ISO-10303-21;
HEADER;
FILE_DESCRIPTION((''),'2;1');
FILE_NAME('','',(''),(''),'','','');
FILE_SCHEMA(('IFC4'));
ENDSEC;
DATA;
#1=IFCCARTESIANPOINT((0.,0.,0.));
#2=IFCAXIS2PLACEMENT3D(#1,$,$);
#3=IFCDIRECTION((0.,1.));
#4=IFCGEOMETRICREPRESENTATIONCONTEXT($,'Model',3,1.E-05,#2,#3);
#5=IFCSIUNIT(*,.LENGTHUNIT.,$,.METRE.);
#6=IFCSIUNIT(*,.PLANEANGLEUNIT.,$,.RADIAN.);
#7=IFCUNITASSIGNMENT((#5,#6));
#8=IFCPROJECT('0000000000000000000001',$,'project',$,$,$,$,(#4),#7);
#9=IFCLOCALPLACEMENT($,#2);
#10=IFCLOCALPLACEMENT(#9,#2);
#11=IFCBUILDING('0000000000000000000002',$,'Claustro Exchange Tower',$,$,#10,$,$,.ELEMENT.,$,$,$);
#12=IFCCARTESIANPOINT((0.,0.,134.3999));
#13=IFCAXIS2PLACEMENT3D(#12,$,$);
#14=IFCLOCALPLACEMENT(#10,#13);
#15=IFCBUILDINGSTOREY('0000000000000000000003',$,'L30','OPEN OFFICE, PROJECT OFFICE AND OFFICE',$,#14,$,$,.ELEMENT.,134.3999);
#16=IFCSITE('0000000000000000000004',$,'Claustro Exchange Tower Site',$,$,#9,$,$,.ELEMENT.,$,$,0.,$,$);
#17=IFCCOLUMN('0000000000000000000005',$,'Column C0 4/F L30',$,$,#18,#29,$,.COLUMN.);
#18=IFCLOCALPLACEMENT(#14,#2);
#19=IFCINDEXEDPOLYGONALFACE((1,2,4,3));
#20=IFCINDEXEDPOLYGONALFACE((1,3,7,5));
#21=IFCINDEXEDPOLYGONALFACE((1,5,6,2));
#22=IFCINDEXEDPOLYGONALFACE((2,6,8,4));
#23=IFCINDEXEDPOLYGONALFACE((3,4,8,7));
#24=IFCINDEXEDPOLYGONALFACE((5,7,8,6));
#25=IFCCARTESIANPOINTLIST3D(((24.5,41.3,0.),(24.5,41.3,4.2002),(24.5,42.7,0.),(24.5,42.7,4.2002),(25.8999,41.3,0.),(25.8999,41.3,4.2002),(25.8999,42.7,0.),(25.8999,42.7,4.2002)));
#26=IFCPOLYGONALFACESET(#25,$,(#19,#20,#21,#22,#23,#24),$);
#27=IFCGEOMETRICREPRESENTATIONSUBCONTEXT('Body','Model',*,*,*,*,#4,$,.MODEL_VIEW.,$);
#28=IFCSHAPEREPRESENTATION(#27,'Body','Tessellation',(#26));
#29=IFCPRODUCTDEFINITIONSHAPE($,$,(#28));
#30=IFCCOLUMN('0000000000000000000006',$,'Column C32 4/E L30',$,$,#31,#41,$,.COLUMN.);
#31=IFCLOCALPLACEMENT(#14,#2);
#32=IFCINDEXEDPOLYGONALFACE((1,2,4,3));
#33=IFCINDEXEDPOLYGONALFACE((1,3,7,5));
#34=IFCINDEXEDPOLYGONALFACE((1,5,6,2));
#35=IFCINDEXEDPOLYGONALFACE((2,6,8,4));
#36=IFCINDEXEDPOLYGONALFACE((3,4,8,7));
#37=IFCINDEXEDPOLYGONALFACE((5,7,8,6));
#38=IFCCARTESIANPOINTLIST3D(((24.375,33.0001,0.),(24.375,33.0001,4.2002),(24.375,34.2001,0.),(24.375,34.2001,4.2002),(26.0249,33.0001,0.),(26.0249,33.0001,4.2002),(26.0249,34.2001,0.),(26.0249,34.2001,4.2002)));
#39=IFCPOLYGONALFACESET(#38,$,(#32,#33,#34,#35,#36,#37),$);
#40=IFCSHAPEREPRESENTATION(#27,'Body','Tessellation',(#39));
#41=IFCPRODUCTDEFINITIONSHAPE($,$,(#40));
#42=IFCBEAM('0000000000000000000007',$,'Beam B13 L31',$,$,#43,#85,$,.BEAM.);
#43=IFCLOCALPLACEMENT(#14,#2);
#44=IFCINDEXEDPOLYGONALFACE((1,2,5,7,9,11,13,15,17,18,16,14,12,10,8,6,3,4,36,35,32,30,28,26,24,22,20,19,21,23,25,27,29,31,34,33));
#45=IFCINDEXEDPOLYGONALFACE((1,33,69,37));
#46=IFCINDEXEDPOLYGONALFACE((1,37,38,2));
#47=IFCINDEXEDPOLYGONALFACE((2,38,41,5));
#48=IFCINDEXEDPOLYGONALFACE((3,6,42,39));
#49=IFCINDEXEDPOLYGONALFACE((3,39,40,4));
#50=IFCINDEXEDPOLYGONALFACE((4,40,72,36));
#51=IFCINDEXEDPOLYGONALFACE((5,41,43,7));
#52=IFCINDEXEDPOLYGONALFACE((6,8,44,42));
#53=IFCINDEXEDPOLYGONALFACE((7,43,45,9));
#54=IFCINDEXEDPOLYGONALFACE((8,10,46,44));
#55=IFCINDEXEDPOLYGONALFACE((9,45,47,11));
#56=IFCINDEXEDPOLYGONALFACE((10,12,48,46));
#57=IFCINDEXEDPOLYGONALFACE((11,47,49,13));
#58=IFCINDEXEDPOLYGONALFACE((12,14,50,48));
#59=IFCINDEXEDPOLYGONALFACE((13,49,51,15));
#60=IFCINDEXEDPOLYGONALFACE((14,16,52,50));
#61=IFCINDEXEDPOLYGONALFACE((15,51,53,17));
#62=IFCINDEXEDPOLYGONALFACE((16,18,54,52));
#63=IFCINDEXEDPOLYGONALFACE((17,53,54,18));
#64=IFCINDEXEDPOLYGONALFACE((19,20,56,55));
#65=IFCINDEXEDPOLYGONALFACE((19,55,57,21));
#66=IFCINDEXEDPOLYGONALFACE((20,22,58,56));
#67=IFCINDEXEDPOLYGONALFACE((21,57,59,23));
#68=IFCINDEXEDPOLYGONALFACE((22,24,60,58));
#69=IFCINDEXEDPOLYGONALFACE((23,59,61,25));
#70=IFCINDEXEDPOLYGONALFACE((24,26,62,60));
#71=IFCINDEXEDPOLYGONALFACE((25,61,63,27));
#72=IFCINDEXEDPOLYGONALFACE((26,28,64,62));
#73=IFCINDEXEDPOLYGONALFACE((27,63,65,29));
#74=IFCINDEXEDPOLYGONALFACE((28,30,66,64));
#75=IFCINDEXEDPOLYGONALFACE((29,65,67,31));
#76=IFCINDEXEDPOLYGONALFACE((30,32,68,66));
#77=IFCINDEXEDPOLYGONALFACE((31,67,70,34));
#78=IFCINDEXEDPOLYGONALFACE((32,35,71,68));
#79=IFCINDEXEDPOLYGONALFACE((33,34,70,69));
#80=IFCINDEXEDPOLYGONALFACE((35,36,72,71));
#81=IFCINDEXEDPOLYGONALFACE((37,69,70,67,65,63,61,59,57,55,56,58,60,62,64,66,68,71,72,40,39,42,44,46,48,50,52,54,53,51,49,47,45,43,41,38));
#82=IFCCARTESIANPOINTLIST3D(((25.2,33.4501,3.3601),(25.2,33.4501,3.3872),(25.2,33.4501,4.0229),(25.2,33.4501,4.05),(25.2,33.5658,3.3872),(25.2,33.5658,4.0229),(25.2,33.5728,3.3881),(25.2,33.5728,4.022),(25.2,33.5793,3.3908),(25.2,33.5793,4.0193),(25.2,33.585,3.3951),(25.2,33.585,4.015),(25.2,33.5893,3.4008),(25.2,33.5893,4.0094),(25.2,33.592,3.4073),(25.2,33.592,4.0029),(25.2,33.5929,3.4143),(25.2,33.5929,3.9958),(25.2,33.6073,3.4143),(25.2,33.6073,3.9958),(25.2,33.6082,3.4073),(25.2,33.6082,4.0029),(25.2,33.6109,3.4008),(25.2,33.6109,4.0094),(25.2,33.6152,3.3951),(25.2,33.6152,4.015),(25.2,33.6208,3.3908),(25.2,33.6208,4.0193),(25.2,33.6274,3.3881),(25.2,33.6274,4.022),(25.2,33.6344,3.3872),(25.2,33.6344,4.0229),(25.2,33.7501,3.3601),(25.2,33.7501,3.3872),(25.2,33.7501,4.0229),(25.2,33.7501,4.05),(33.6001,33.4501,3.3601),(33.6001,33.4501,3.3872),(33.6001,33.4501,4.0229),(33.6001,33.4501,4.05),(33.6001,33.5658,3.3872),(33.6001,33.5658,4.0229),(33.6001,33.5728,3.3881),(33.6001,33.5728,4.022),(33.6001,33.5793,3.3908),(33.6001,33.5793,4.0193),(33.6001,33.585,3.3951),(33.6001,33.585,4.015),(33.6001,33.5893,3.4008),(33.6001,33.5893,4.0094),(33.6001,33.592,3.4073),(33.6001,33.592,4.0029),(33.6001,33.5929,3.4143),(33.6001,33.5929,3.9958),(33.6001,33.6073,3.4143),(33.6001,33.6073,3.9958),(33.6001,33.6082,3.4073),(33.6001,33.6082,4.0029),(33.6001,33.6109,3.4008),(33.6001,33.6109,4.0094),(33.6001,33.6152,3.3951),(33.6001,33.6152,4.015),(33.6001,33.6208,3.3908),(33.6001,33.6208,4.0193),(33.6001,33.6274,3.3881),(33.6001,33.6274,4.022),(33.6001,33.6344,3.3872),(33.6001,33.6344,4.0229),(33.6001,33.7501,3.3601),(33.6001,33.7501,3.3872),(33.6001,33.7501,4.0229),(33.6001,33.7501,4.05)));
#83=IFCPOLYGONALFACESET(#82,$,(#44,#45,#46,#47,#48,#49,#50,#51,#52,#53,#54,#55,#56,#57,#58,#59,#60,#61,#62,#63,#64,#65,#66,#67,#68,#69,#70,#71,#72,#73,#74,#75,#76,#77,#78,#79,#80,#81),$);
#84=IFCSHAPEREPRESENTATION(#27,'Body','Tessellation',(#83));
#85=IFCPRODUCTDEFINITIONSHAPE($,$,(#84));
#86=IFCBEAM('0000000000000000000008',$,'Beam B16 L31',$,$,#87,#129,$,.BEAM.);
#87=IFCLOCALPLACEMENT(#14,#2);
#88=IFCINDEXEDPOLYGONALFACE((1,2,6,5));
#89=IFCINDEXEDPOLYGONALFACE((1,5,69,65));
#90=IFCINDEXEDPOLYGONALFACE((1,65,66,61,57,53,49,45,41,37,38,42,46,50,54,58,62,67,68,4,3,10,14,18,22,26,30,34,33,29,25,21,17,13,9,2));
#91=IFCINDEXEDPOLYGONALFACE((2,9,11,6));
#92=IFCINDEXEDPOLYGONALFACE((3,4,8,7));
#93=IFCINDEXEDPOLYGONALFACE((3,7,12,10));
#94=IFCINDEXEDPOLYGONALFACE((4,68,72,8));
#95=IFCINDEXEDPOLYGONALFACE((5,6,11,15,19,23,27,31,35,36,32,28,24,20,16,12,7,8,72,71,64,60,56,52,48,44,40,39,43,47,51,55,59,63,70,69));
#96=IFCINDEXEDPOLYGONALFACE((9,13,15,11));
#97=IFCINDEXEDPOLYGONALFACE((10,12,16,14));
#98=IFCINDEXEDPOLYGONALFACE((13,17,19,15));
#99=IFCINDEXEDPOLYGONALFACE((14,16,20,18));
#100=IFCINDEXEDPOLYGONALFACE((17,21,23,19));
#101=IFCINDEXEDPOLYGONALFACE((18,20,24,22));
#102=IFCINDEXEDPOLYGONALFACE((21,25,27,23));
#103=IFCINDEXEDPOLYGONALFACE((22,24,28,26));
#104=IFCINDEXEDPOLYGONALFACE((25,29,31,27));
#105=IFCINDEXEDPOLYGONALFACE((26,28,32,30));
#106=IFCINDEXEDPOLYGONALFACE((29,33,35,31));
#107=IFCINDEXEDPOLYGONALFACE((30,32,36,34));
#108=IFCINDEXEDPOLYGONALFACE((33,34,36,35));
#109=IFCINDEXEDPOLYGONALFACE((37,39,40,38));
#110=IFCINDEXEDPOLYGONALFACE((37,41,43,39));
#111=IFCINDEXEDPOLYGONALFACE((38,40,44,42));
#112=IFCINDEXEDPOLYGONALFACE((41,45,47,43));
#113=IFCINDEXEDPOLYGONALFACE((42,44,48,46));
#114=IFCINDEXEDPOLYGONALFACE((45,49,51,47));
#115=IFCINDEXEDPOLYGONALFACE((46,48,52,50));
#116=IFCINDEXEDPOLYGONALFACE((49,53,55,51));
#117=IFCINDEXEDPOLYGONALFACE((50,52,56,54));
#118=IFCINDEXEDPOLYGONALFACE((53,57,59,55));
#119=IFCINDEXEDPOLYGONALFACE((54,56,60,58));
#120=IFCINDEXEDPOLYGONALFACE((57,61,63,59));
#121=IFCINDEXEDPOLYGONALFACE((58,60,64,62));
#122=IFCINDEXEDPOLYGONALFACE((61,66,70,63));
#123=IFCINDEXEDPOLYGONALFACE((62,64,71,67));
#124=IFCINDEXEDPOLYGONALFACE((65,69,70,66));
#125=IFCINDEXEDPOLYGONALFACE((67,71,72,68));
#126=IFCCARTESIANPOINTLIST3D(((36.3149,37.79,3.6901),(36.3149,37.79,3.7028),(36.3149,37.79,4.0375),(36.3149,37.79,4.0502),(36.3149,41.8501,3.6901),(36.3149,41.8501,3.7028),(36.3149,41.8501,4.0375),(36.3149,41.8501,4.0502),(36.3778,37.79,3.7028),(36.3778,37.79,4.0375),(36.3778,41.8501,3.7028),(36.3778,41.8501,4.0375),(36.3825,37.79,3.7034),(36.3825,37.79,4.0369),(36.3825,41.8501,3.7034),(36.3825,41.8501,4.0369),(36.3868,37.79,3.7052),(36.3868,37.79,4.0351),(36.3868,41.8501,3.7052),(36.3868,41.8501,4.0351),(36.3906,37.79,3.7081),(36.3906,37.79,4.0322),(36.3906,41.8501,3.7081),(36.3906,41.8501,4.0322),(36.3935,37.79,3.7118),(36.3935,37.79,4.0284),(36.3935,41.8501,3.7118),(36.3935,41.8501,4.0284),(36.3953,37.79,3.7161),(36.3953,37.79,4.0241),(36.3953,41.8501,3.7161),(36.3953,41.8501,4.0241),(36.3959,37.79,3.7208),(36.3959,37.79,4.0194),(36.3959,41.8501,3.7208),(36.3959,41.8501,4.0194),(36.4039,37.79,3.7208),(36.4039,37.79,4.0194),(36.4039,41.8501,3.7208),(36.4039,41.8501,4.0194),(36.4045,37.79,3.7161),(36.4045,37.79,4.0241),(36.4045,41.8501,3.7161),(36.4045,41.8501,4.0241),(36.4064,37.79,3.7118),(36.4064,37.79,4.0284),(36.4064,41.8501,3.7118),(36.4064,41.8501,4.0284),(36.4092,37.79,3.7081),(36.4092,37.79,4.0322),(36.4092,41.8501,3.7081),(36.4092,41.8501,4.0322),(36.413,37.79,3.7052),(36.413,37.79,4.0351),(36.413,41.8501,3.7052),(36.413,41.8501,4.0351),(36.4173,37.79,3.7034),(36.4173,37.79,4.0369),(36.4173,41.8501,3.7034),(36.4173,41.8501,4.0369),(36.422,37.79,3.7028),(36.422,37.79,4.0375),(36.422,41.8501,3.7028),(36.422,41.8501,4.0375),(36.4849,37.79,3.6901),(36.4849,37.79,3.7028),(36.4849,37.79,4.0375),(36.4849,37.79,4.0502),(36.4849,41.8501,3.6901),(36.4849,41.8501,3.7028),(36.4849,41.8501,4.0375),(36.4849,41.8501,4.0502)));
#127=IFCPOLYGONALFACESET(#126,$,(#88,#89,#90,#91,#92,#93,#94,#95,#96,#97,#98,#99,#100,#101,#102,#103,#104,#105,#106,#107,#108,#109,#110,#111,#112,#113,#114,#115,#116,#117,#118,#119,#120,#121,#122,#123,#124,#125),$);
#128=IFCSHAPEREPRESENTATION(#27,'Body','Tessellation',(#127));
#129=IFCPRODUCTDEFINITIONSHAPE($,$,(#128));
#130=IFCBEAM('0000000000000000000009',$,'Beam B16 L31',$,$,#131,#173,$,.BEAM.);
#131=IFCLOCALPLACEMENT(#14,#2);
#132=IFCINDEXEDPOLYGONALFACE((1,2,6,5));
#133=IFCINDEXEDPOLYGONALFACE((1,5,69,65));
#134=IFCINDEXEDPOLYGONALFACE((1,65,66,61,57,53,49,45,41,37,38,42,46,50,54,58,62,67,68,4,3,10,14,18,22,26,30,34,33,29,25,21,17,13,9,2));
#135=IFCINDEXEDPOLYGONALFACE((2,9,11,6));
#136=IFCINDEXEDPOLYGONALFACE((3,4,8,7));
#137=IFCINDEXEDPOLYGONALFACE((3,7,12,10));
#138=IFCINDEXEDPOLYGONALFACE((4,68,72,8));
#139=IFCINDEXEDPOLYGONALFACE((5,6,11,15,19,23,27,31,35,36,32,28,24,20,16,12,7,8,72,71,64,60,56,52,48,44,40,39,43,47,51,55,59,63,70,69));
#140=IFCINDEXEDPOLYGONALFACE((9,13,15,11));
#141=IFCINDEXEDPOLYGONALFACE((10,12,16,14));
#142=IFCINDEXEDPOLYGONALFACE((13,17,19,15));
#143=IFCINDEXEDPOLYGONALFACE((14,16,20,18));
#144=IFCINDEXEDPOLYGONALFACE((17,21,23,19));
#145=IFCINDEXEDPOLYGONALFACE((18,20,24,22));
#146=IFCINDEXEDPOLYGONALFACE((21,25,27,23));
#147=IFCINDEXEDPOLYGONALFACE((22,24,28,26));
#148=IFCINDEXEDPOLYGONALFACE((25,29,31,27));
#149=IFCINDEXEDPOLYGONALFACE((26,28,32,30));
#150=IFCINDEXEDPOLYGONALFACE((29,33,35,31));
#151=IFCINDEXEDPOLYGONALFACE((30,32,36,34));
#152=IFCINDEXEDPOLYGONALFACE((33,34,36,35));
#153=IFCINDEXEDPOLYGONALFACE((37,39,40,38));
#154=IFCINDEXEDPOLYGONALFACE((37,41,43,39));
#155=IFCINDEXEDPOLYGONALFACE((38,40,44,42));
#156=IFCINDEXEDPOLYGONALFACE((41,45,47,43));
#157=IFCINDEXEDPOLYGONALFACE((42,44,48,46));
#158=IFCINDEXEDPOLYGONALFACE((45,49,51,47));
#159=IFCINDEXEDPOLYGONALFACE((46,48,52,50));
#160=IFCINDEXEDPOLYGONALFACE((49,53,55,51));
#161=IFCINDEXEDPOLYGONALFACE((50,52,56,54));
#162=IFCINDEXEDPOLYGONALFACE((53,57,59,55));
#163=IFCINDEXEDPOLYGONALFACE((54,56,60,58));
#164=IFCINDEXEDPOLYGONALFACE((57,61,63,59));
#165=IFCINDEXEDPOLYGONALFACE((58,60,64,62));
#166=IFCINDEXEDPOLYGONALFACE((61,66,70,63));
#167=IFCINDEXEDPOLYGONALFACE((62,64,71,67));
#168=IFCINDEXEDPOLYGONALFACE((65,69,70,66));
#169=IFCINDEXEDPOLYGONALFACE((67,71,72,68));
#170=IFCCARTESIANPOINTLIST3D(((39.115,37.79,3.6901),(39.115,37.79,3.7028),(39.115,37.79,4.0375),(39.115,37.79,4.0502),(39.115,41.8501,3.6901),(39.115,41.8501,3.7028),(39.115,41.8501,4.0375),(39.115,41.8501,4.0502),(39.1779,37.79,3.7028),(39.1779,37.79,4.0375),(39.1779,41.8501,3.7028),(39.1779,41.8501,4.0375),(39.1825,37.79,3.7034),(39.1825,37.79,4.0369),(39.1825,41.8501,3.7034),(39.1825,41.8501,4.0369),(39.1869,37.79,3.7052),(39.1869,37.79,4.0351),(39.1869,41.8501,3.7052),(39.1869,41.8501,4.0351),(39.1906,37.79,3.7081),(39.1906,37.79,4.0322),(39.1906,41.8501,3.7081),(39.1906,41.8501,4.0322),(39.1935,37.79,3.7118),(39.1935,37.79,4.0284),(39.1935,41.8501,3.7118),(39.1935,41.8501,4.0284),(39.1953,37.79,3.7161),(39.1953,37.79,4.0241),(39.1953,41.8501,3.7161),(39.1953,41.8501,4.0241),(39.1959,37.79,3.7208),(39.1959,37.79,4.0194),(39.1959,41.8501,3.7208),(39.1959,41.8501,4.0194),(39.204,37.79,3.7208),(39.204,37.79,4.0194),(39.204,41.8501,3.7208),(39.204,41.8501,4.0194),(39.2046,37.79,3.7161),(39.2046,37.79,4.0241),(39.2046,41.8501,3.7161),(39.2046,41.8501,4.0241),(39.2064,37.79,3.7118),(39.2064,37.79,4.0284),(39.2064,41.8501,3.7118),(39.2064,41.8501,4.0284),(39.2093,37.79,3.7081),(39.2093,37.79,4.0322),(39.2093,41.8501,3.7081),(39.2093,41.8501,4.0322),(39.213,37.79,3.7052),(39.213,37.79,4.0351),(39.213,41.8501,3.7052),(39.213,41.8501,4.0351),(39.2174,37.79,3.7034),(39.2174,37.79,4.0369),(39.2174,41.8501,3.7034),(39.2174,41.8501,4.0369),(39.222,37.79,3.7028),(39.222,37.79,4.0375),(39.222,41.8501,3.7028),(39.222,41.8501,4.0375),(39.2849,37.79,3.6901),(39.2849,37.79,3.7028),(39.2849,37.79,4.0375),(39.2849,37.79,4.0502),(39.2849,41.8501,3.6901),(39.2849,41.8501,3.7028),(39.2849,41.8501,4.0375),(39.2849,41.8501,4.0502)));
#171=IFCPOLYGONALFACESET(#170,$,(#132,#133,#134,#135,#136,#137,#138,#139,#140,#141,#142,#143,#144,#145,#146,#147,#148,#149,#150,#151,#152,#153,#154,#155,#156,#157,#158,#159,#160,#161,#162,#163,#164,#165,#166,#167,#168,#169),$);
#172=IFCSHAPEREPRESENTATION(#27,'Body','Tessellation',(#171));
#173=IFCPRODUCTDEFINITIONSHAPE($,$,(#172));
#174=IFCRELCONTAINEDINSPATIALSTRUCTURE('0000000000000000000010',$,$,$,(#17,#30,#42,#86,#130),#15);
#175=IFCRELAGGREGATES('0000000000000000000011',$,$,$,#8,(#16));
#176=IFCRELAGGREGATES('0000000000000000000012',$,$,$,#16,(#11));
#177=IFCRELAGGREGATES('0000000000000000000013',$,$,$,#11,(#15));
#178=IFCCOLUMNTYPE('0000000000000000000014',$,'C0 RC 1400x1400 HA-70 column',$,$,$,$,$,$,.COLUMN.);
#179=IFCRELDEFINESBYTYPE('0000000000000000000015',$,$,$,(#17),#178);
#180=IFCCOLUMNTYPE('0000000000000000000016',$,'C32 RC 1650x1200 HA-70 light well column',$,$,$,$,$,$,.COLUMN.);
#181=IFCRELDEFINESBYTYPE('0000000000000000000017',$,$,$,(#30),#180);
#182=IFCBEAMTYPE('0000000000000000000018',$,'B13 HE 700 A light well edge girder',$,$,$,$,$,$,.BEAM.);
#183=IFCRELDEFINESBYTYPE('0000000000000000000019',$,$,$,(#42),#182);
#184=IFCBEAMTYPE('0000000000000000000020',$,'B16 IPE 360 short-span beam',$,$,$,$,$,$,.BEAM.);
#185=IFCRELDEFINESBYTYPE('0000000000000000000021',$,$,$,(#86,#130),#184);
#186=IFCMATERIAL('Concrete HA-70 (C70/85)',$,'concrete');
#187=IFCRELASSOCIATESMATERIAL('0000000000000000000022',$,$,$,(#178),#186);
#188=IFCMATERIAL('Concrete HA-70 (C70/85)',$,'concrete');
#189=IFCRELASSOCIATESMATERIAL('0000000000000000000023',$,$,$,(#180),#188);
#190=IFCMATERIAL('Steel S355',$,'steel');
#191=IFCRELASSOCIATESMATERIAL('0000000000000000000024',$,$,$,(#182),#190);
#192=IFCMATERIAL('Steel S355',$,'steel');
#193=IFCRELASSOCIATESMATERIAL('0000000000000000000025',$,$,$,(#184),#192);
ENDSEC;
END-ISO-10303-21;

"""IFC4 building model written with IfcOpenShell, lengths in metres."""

from ifc_helpers import new_model, si_unit, direction, frame, origin, origin_2d, place, context, subcontext, project, spatial, rectangle, i_section, extrude, material, material_profile, profile_set, type_object, element, save


model = new_model("IFC4")

# Units and contexts
model_context = context("Model", 3, precision=1e-05, world=origin(), true_north=direction((0.0, 1.0)))
body_context = subcontext(model_context, "Body", "Model", "MODEL_VIEW")
ifc_project = project(units=[si_unit("LENGTHUNIT", "METRE"), si_unit("PLANEANGLEUNIT", "RADIAN")], contexts=[model_context])

# Site, building, storey
site_placement = place(None, origin())
site = spatial("IfcSite", under=ifc_project, at=site_placement, Name="Claustro Exchange Tower Site", CompositionType="ELEMENT", RefElevation=0.0)
building_placement = place(site_placement, origin())
building = spatial("IfcBuilding", under=site, at=building_placement, Name="Claustro Exchange Tower", CompositionType="ELEMENT")
storey_placement = place(building_placement, frame((0.0, 0.0, 134.3999)))
storey = spatial("IfcBuildingStorey", under=building, at=storey_placement, Name="L30", Description="OPEN OFFICE, PROJECT OFFICE AND OFFICE", CompositionType="ELEMENT", Elevation=134.3999)

# Columns
ifc_material_1 = material(Name="Concrete HA-70 (C70/85)", Category="concrete")
ifc_material_profile_1 = material_profile(ifc_material_1, rectangle(XDim=1.3999, YDim=1.3999, at=origin_2d()), Name="RC 1400x1400")
ifc_profile_set_1 = profile_set([ifc_material_profile_1], Name="Concrete HA-70 (C70/85)")
column_type_1 = type_object("IfcColumnType", Name="C0 RC 1400x1400 HA-70 column", PredefinedType="COLUMN", material=ifc_profile_set_1)
column_1_placement = place(storey_placement, frame((25.2, 42.0, 0.0), z_axis=(0.0, 0.0, 1.0), x_axis=(1.0, 0.0, 0.0)))
element("IfcColumn", 1, at=column_1_placement, inside=storey, type_object=column_type_1, Name="Column C0 4/F L30", PredefinedType="COLUMN", context=body_context, shape_type="SweptSolid", body=[
    extrude(rectangle(XDim=1.3999, YDim=1.3999, at=origin_2d()), origin(), (0.0, 0.0, 1.0), 4.2002),
])
ifc_material_2 = material(Name="Concrete HA-70 (C70/85)", Category="concrete")
ifc_material_profile_2 = material_profile(ifc_material_2, rectangle(XDim=1.6499, YDim=1.2, at=origin_2d()), Name="RC 1650x1200")
ifc_profile_set_2 = profile_set([ifc_material_profile_2], Name="Concrete HA-70 (C70/85)")
column_type_2 = type_object("IfcColumnType", Name="C32 RC 1650x1200 HA-70 light well column", PredefinedType="COLUMN", material=ifc_profile_set_2)
column_2_placement = place(storey_placement, frame((25.2, 33.6001, 0.0), z_axis=(0.0, 0.0, 1.0), x_axis=(1.0, 0.0, 0.0)))
element("IfcColumn", 2, at=column_2_placement, inside=storey, type_object=column_type_2, Name="Column C32 4/E L30", PredefinedType="COLUMN", context=body_context, shape_type="SweptSolid", body=[
    extrude(rectangle(XDim=1.6499, YDim=1.2, at=origin_2d()), origin(), (0.0, 0.0, 1.0), 4.2002),
])

# Beams
ifc_material_3 = material(Name="Steel S355", Category="steel")
ifc_material_profile_3 = material_profile(ifc_material_3, i_section(OverallWidth=0.3, OverallDepth=0.6899, WebThickness=0.0144, FlangeThickness=0.0271, FilletRadius=0.0271, at=origin_2d()), Name="HE 700 A")
ifc_profile_set_3 = profile_set([ifc_material_profile_3], Name="Steel S355")
beam_type_1 = type_object("IfcBeamType", Name="B13 HE 700 A light well edge girder", PredefinedType="BEAM", material=ifc_profile_set_3)
beam_1_placement = place(storey_placement, frame((25.2, 33.6001, 3.7051), z_axis=(1.0, 0.0, 0.0), x_axis=(0.0, 1.0, 0.0)))
element("IfcBeam", 3, at=beam_1_placement, inside=storey, type_object=beam_type_1, Name="Beam B13 L31", PredefinedType="BEAM", context=body_context, shape_type="SweptSolid", body=[
    extrude(i_section(OverallWidth=0.3, OverallDepth=0.6899, WebThickness=0.0144, FlangeThickness=0.0271, FilletRadius=0.0271, at=origin_2d()), origin(), (0.0, 0.0, 1.0), 8.4001),
])
ifc_material_4 = material(Name="Steel S355", Category="steel")
ifc_material_profile_4 = material_profile(ifc_material_4, i_section(OverallWidth=0.1699, OverallDepth=0.3601, WebThickness=0.0081, FlangeThickness=0.0127, FilletRadius=0.0181, at=origin_2d()), Name="IPE 360")
ifc_profile_set_4 = profile_set([ifc_material_profile_4], Name="Steel S355")
beam_type_2 = type_object("IfcBeamType", Name="B16 IPE 360 short-span beam", PredefinedType="BEAM", material=ifc_profile_set_4)
for number, where, z_axis, x_axis, name in (
    (4, (36.3999, 37.79, 3.8701), (0.0, 1.0, 0.0), (-1.0, 0.0, 0.0), "Beam B16 L31"),
    (5, (39.2, 37.79, 3.8701), (0.0, 1.0, 0.0), (-1.0, 0.0, 0.0), "Beam B16 L31"),
):
    element("IfcBeam", number, at=place(storey_placement, frame(where, z_axis=z_axis, x_axis=x_axis)), inside=storey, type_object=beam_type_2, Name=name, PredefinedType="BEAM", context=body_context, shape_type="SweptSolid", body=[
        extrude(i_section(OverallWidth=0.1699, OverallDepth=0.3601, WebThickness=0.0081, FlangeThickness=0.0127, FilletRadius=0.0181, at=origin_2d()), origin(), (0.0, 0.0, 1.0), 4.0601),
    ])

save(model, "model.ifc")
